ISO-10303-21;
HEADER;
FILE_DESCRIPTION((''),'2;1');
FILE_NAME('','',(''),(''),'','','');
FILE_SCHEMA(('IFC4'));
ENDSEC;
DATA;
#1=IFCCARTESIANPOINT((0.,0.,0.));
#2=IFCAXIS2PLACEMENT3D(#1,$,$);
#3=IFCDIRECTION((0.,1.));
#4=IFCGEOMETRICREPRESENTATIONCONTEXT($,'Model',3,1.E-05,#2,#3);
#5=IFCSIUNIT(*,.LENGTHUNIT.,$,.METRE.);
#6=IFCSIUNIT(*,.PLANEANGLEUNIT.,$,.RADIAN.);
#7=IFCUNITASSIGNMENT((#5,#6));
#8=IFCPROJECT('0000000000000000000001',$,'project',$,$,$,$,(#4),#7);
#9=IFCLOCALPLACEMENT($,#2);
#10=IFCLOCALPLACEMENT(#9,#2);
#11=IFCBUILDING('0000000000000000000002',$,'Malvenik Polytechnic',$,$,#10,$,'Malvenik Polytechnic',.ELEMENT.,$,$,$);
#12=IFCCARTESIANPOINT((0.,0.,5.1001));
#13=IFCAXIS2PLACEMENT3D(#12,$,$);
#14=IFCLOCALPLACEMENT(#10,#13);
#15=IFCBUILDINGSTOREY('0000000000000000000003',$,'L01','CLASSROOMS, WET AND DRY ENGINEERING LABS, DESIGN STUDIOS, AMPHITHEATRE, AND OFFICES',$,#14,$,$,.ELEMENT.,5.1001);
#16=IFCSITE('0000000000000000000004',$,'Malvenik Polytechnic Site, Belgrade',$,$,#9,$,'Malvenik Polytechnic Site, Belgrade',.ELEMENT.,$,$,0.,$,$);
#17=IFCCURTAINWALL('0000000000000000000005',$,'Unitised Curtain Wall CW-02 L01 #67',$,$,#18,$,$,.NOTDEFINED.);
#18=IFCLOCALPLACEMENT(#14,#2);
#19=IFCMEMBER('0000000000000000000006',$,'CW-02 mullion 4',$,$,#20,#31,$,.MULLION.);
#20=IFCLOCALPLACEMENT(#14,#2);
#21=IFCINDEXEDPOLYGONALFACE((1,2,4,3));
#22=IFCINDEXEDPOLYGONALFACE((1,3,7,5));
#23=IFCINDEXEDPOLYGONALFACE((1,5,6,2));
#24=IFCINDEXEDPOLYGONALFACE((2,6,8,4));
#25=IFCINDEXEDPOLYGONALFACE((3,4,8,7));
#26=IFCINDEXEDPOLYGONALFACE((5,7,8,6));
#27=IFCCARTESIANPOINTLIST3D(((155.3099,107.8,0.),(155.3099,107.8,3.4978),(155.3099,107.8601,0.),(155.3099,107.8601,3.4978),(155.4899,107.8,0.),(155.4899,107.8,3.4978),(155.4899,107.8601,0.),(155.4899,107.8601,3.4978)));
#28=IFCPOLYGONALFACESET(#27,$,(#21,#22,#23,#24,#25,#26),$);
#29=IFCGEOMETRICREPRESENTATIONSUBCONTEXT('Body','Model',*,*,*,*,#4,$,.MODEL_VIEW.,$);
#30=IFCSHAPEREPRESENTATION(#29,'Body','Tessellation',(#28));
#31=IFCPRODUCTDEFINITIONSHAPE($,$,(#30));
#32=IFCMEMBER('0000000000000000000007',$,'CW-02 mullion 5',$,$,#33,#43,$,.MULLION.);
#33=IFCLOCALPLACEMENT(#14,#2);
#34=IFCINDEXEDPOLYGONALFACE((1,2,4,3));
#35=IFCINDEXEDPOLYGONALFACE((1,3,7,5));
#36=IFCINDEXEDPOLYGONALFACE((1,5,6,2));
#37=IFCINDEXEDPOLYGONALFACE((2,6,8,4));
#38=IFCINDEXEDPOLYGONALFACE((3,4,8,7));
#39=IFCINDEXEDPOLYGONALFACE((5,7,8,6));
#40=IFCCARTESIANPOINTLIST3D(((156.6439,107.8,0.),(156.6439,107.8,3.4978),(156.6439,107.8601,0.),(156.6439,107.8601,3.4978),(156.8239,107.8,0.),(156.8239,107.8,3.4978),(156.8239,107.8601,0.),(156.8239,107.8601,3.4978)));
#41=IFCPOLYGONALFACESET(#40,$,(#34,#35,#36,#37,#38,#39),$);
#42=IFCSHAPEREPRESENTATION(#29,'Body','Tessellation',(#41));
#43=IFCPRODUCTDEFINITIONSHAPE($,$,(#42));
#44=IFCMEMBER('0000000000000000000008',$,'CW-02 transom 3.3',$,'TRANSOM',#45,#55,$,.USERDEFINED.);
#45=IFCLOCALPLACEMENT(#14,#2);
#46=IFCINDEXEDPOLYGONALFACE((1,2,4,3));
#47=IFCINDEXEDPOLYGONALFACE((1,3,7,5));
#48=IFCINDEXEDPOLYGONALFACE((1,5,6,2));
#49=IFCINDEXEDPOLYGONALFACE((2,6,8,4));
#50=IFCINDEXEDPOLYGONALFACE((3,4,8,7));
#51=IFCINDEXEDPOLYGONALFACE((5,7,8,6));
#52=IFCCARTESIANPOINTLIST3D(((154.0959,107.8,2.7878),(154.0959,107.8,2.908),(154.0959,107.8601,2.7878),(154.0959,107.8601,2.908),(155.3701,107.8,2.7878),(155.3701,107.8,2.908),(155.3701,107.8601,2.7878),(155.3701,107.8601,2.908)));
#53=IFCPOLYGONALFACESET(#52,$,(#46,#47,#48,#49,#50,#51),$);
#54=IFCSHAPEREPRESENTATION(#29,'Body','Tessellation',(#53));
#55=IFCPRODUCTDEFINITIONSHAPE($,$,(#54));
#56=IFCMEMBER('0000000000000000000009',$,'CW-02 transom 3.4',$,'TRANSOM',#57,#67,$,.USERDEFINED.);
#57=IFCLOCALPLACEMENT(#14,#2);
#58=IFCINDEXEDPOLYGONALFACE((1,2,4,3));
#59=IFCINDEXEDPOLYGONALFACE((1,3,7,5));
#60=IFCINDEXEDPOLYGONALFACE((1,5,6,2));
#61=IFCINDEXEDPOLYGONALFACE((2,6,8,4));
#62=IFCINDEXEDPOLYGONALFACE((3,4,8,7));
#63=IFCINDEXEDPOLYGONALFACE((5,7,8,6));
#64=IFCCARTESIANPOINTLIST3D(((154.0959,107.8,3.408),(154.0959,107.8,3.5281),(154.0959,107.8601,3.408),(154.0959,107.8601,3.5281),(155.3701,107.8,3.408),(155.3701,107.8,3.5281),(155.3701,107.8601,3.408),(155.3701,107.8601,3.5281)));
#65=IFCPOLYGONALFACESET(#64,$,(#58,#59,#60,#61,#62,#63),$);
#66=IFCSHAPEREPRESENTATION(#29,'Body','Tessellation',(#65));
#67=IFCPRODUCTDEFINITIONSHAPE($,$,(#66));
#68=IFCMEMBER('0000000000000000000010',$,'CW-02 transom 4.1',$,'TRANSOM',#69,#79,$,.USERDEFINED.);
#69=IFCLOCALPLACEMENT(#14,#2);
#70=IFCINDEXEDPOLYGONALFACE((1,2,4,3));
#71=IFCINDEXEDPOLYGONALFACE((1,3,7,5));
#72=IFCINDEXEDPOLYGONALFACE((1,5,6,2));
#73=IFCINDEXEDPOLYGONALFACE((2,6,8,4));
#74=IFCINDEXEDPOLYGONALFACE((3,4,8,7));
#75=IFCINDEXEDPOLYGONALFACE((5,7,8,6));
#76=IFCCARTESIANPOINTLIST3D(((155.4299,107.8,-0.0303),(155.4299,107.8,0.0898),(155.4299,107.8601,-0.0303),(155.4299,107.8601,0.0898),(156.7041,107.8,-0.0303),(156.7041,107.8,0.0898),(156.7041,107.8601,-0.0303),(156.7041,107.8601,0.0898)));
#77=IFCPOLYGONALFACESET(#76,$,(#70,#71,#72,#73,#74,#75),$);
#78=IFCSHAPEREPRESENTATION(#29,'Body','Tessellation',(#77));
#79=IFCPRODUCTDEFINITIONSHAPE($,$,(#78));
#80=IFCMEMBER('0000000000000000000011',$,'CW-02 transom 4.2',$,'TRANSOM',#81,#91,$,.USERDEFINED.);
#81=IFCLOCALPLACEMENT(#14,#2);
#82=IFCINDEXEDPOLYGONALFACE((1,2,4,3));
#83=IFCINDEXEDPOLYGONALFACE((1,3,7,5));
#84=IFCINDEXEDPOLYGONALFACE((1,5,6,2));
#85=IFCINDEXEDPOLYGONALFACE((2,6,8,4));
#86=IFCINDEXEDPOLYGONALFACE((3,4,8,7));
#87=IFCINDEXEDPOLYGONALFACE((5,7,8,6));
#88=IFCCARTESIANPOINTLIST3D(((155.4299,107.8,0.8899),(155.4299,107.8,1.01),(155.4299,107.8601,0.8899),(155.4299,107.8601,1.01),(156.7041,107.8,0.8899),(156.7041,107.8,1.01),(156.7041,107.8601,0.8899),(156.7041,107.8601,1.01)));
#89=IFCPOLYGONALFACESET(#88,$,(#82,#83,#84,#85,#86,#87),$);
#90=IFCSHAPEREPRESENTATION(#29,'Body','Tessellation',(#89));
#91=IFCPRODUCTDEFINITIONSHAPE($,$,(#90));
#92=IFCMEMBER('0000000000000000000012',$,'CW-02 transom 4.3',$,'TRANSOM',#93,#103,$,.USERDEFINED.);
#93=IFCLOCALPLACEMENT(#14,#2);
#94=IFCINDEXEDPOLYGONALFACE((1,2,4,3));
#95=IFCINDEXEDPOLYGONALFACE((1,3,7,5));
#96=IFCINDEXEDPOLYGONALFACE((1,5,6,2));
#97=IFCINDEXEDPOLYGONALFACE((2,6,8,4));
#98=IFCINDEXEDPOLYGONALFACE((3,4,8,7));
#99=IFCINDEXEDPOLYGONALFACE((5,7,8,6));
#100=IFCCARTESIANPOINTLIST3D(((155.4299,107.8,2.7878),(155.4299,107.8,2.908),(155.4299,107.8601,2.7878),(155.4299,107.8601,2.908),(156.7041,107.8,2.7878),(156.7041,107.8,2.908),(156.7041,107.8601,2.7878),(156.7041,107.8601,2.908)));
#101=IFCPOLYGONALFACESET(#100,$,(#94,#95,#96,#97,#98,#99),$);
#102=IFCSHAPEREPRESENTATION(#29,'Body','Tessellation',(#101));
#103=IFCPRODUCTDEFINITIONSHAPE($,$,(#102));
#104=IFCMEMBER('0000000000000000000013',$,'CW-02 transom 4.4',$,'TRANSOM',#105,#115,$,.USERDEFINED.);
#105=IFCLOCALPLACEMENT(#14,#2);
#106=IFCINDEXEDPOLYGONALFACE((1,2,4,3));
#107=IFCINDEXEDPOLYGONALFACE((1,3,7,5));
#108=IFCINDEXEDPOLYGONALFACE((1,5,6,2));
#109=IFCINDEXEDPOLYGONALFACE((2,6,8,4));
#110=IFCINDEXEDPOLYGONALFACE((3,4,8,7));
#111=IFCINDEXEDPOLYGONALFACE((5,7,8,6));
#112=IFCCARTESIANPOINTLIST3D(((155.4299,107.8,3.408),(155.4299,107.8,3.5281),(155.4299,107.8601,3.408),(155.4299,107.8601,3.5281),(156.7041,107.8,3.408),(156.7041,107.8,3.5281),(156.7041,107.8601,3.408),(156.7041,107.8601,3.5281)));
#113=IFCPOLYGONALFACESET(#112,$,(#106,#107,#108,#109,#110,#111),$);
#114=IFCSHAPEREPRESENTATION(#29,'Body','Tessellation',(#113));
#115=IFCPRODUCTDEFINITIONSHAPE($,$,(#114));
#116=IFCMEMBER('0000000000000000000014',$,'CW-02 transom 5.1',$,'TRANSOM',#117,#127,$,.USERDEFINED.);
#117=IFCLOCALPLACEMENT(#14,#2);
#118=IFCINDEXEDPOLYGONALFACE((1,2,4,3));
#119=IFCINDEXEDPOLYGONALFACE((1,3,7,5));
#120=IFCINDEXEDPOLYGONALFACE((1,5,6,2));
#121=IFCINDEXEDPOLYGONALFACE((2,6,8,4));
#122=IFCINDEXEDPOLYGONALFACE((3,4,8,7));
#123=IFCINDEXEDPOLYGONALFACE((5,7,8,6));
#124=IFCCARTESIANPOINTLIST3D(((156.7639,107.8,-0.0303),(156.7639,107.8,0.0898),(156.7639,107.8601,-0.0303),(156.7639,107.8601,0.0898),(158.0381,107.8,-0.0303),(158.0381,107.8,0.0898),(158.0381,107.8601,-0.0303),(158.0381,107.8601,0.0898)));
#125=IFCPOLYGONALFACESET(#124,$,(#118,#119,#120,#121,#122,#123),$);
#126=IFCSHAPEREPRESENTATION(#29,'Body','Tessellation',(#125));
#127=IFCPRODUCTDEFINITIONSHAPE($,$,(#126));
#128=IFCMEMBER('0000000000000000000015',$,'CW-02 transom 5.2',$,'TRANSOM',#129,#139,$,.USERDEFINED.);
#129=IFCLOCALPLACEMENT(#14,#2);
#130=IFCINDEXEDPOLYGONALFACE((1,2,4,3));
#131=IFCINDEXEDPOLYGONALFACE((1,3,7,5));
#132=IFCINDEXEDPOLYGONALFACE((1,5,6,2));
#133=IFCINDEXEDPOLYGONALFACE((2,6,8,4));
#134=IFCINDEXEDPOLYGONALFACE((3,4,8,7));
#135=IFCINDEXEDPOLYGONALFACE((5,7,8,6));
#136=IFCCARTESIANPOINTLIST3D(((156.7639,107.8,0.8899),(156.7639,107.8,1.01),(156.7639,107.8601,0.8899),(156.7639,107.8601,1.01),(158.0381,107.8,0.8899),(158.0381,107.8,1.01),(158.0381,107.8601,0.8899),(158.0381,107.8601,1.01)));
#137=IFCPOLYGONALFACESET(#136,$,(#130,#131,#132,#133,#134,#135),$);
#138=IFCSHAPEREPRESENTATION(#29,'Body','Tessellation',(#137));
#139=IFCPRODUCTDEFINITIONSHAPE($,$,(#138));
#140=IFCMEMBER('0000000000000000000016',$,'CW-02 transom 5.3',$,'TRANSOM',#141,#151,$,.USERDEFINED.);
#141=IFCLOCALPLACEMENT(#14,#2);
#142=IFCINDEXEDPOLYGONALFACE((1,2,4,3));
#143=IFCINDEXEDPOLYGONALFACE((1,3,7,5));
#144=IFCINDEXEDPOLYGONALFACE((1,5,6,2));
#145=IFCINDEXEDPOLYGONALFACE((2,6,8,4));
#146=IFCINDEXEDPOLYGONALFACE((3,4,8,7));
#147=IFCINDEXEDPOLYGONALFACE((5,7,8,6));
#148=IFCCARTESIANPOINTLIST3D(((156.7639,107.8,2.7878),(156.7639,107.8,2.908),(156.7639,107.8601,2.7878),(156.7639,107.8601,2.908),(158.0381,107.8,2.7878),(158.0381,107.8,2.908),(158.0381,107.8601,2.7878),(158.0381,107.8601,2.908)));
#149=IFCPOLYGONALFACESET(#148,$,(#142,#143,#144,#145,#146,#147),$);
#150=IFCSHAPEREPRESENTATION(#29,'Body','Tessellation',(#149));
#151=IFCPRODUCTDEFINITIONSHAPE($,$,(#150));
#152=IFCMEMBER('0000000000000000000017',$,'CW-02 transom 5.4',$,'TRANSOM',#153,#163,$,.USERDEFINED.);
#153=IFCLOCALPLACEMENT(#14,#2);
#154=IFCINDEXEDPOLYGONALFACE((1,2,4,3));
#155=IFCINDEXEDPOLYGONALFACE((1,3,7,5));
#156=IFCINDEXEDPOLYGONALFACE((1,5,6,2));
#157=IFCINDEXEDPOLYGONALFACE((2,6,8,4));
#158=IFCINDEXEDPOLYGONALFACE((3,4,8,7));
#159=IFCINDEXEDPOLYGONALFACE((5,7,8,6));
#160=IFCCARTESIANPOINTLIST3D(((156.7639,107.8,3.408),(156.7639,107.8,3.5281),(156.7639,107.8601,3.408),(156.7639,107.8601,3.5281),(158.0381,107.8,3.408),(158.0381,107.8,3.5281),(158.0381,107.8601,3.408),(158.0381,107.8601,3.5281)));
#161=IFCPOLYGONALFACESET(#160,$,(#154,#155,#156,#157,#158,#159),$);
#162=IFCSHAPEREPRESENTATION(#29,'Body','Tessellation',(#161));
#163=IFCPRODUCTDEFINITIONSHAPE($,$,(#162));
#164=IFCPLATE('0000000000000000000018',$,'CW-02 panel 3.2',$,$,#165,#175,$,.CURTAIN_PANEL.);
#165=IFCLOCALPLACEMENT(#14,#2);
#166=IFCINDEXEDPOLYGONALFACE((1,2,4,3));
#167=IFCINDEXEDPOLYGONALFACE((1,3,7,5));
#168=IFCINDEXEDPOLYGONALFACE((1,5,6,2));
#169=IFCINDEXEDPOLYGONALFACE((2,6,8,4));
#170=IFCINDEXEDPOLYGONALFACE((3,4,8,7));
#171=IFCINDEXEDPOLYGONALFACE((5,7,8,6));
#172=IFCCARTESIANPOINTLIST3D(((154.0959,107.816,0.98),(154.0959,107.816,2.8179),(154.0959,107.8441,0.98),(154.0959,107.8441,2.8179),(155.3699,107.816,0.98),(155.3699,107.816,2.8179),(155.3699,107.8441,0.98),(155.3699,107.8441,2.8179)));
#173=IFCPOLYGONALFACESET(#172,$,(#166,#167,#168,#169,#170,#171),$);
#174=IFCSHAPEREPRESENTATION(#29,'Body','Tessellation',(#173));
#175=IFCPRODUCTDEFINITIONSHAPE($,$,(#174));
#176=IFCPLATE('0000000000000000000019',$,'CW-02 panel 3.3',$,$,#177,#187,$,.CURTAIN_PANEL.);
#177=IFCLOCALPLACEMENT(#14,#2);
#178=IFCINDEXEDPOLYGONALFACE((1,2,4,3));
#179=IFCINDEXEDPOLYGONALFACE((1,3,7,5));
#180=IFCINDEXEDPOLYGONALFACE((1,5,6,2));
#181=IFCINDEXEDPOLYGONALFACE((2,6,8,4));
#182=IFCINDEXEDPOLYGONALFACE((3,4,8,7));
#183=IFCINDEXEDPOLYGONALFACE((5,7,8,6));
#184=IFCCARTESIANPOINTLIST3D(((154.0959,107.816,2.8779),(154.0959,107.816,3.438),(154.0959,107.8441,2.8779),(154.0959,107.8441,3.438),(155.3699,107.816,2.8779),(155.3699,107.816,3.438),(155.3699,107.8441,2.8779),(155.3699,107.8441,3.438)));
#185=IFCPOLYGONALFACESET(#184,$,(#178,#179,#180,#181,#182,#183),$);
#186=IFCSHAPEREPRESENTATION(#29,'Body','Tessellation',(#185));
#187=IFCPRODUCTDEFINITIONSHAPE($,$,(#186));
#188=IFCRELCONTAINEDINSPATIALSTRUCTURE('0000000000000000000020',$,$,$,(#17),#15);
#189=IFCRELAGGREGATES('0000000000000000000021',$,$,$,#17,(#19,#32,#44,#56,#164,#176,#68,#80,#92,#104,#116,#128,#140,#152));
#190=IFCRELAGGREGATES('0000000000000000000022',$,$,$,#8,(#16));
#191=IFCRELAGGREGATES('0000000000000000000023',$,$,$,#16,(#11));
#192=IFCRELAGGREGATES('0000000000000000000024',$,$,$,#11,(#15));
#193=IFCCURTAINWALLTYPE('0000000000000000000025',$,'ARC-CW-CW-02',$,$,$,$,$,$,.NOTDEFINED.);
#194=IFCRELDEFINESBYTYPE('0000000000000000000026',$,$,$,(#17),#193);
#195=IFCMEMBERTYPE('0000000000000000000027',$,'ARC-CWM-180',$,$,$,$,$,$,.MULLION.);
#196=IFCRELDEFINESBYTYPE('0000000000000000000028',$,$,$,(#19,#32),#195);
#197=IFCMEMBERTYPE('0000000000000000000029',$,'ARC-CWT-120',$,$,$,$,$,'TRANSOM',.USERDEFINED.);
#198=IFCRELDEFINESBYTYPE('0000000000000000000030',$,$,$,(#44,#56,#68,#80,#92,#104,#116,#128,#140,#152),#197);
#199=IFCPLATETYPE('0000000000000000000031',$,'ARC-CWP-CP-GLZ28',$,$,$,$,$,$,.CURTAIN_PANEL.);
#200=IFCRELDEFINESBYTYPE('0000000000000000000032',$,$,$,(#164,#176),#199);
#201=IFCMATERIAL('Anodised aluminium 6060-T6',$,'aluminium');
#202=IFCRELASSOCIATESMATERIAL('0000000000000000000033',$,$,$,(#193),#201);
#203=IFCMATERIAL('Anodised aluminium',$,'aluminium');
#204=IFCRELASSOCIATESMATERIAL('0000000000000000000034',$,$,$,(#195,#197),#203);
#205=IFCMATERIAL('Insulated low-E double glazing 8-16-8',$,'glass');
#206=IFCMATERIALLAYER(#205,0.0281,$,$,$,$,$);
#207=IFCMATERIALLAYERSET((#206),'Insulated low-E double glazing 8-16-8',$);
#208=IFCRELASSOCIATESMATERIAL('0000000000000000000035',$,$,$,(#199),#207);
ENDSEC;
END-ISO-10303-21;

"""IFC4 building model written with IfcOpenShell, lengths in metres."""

from ifc_helpers import new_model, si_unit, direction, frame, origin, origin_2d, place, context, subcontext, project, spatial, rectangle, extrude, material, layer, layer_set, material_profile, profile_set, type_object, element, aggregate, save


model = new_model("IFC4")

# Units and contexts
model_context = context("Model", 3, precision=1e-05, world=origin(), true_north=direction((0.0, 1.0)))
body_context = subcontext(model_context, "Body", "Model", "MODEL_VIEW")
ifc_project = project(units=[si_unit("LENGTHUNIT", "METRE"), si_unit("PLANEANGLEUNIT", "RADIAN")], contexts=[model_context])

# Site, building, storey
site_placement = place(None, origin())
site = spatial("IfcSite", under=ifc_project, at=site_placement, Name="Malvenik Polytechnic Site, Belgrade", LongName="Malvenik Polytechnic Site, Belgrade", CompositionType="ELEMENT", RefElevation=0.0)
building_placement = place(site_placement, origin())
building = spatial("IfcBuilding", under=site, at=building_placement, Name="Malvenik Polytechnic", LongName="Malvenik Polytechnic", CompositionType="ELEMENT")
storey_placement = place(building_placement, frame((0.0, 0.0, 5.1001)))
storey = spatial("IfcBuildingStorey", under=building, at=storey_placement, Name="L01", Description="CLASSROOMS, WET AND DRY ENGINEERING LABS, DESIGN STUDIOS, AMPHITHEATRE, AND OFFICES", CompositionType="ELEMENT", Elevation=5.1001)

# Curtain wall, members, plates
ifc_material_1 = material(Name="Anodised aluminium 6060-T6", Category="aluminium")
curtain_wall_type = type_object("IfcCurtainWallType", Name="ARC-CW-CW-02", PredefinedType="NOTDEFINED", material=ifc_material_1)
curtain_wall_placement = place(storey_placement, origin())
curtain_wall = element("IfcCurtainWall", 1, at=curtain_wall_placement, inside=storey, type_object=curtain_wall_type, Name="Unitised Curtain Wall CW-02 L01 #67", PredefinedType="NOTDEFINED")
ifc_material_2 = material(Name="Anodised aluminium", Category="aluminium")
ifc_material_profile_1 = material_profile(ifc_material_2, rectangle(XDim=0.0601, YDim=0.1799, at=origin_2d()), Name="ALU MULLION 60x180")
ifc_profile_set_1 = profile_set([ifc_material_profile_1], Name="Anodised aluminium")
member_type_1 = type_object("IfcMemberType", Name="ARC-CWM-180", PredefinedType="MULLION", material=ifc_profile_set_1)
member_1_placement = place(storey_placement, frame((155.3999, 107.8301, 0.0), z_axis=(0.0, 0.0, 1.0), x_axis=(0.0, 1.0, 0.0)))
member_1 = element("IfcMember", 2, at=member_1_placement, type_object=member_type_1, Name="CW-02 mullion 4", PredefinedType="MULLION", context=body_context, shape_type="SweptSolid", body=[
    extrude(rectangle(XDim=0.0601, YDim=0.1799, at=origin_2d()), origin(), (0.0, 0.0, 1.0), 3.4978),
])
member_2_placement = place(storey_placement, frame((156.7339, 107.8301, 0.0), z_axis=(0.0, 0.0, 1.0), x_axis=(0.0, 1.0, 0.0)))
member_2 = element("IfcMember", 3, at=member_2_placement, type_object=member_type_1, Name="CW-02 mullion 5", PredefinedType="MULLION", context=body_context, shape_type="SweptSolid", body=[
    extrude(rectangle(XDim=0.0601, YDim=0.1799, at=origin_2d()), origin(), (0.0, 0.0, 1.0), 3.4978),
])
ifc_material_profile_2 = material_profile(ifc_material_2, rectangle(XDim=0.0601, YDim=0.1201, at=origin_2d()), Name="ALU TRANSOM 60x120")
ifc_profile_set_2 = profile_set([ifc_material_profile_2], Name="Anodised aluminium")
member_type_2 = type_object("IfcMemberType", Name="ARC-CWT-120", ElementType="TRANSOM", PredefinedType="USERDEFINED", material=ifc_profile_set_2)
member_3_placement = place(storey_placement, frame((154.0959, 107.8301, 2.8479), z_axis=(1.0, 0.0, 0.0), x_axis=(0.0, 1.0, 0.0)))
member_3 = element("IfcMember", 4, at=member_3_placement, type_object=member_type_2, Name="CW-02 transom 3.3", ObjectType="TRANSOM", PredefinedType="USERDEFINED", context=body_context, shape_type="SweptSolid", body=[
    extrude(rectangle(XDim=0.0601, YDim=0.1201, at=origin_2d()), origin(), (0.0, 0.0, 1.0), 1.2742),
])
member_4_placement = place(storey_placement, frame((154.0959, 107.8301, 3.468), z_axis=(1.0, 0.0, 0.0), x_axis=(0.0, 1.0, 0.0)))
member_4 = element("IfcMember", 5, at=member_4_placement, type_object=member_type_2, Name="CW-02 transom 3.4", ObjectType="TRANSOM", PredefinedType="USERDEFINED", context=body_context, shape_type="SweptSolid", body=[
    extrude(rectangle(XDim=0.0601, YDim=0.1201, at=origin_2d()), origin(), (0.0, 0.0, 1.0), 1.2742),
])
member_5_placement = place(storey_placement, frame((155.4299, 107.8301, 0.0298), z_axis=(1.0, 0.0, 0.0), x_axis=(0.0, 1.0, 0.0)))
member_5 = element("IfcMember", 6, at=member_5_placement, type_object=member_type_2, Name="CW-02 transom 4.1", ObjectType="TRANSOM", PredefinedType="USERDEFINED", context=body_context, shape_type="SweptSolid", body=[
    extrude(rectangle(XDim=0.0601, YDim=0.1201, at=origin_2d()), origin(), (0.0, 0.0, 1.0), 1.2742),
])
member_6_placement = place(storey_placement, frame((155.4299, 107.8301, 0.95), z_axis=(1.0, 0.0, 0.0), x_axis=(0.0, 1.0, 0.0)))
member_6 = element("IfcMember", 7, at=member_6_placement, type_object=member_type_2, Name="CW-02 transom 4.2", ObjectType="TRANSOM", PredefinedType="USERDEFINED", context=body_context, shape_type="SweptSolid", body=[
    extrude(rectangle(XDim=0.0601, YDim=0.1201, at=origin_2d()), origin(), (0.0, 0.0, 1.0), 1.2742),
])
member_7_placement = place(storey_placement, frame((155.4299, 107.8301, 2.8479), z_axis=(1.0, 0.0, 0.0), x_axis=(0.0, 1.0, 0.0)))
member_7 = element("IfcMember", 8, at=member_7_placement, type_object=member_type_2, Name="CW-02 transom 4.3", ObjectType="TRANSOM", PredefinedType="USERDEFINED", context=body_context, shape_type="SweptSolid", body=[
    extrude(rectangle(XDim=0.0601, YDim=0.1201, at=origin_2d()), origin(), (0.0, 0.0, 1.0), 1.2742),
])
member_8_placement = place(storey_placement, frame((155.4299, 107.8301, 3.468), z_axis=(1.0, 0.0, 0.0), x_axis=(0.0, 1.0, 0.0)))
member_8 = element("IfcMember", 9, at=member_8_placement, type_object=member_type_2, Name="CW-02 transom 4.4", ObjectType="TRANSOM", PredefinedType="USERDEFINED", context=body_context, shape_type="SweptSolid", body=[
    extrude(rectangle(XDim=0.0601, YDim=0.1201, at=origin_2d()), origin(), (0.0, 0.0, 1.0), 1.2742),
])
member_9_placement = place(storey_placement, frame((156.7639, 107.8301, 0.0298), z_axis=(1.0, 0.0, 0.0), x_axis=(0.0, 1.0, 0.0)))
member_9 = element("IfcMember", 10, at=member_9_placement, type_object=member_type_2, Name="CW-02 transom 5.1", ObjectType="TRANSOM", PredefinedType="USERDEFINED", context=body_context, shape_type="SweptSolid", body=[
    extrude(rectangle(XDim=0.0601, YDim=0.1201, at=origin_2d()), origin(), (0.0, 0.0, 1.0), 1.2742),
])
member_10_placement = place(storey_placement, frame((156.7639, 107.8301, 0.95), z_axis=(1.0, 0.0, 0.0), x_axis=(0.0, 1.0, 0.0)))
member_10 = element("IfcMember", 11, at=member_10_placement, type_object=member_type_2, Name="CW-02 transom 5.2", ObjectType="TRANSOM", PredefinedType="USERDEFINED", context=body_context, shape_type="SweptSolid", body=[
    extrude(rectangle(XDim=0.0601, YDim=0.1201, at=origin_2d()), origin(), (0.0, 0.0, 1.0), 1.2742),
])
member_11_placement = place(storey_placement, frame((156.7639, 107.8301, 2.8479), z_axis=(1.0, 0.0, 0.0), x_axis=(0.0, 1.0, 0.0)))
member_11 = element("IfcMember", 12, at=member_11_placement, type_object=member_type_2, Name="CW-02 transom 5.3", ObjectType="TRANSOM", PredefinedType="USERDEFINED", context=body_context, shape_type="SweptSolid", body=[
    extrude(rectangle(XDim=0.0601, YDim=0.1201, at=origin_2d()), origin(), (0.0, 0.0, 1.0), 1.2742),
])
member_12_placement = place(storey_placement, frame((156.7639, 107.8301, 3.468), z_axis=(1.0, 0.0, 0.0), x_axis=(0.0, 1.0, 0.0)))
member_12 = element("IfcMember", 13, at=member_12_placement, type_object=member_type_2, Name="CW-02 transom 5.4", ObjectType="TRANSOM", PredefinedType="USERDEFINED", context=body_context, shape_type="SweptSolid", body=[
    extrude(rectangle(XDim=0.0601, YDim=0.1201, at=origin_2d()), origin(), (0.0, 0.0, 1.0), 1.2742),
])
ifc_material_3 = material(Name="Insulated low-E double glazing 8-16-8", Category="glass")
ifc_layer_1 = layer(ifc_material_3, 0.0281)
ifc_layer_set_1 = layer_set([ifc_layer_1], Name="Insulated low-E double glazing 8-16-8")
plate_type_1 = type_object("IfcPlateType", Name="ARC-CWP-CP-GLZ28", PredefinedType="CURTAIN_PANEL", material=ifc_layer_set_1)
plate_1_placement = place(storey_placement, frame((154.7329, 107.8301, 0.98), z_axis=(0.0, 0.0, 1.0), x_axis=(1.0, 0.0, 0.0)))
plate_1 = element("IfcPlate", 14, at=plate_1_placement, type_object=plate_type_1, Name="CW-02 panel 3.2", PredefinedType="CURTAIN_PANEL", context=body_context, shape_type="SweptSolid", body=[
    extrude(rectangle(XDim=1.2739, YDim=0.0281, at=origin_2d()), origin(), (0.0, 0.0, 1.0), 1.8379),
])
plate_2_placement = place(storey_placement, frame((154.7329, 107.8301, 2.8779), z_axis=(0.0, 0.0, 1.0), x_axis=(1.0, 0.0, 0.0)))
plate_2 = element("IfcPlate", 15, at=plate_2_placement, type_object=plate_type_1, Name="CW-02 panel 3.3", PredefinedType="CURTAIN_PANEL", context=body_context, shape_type="SweptSolid", body=[
    extrude(rectangle(XDim=1.2739, YDim=0.0281, at=origin_2d()), origin(), (0.0, 0.0, 1.0), 0.5601),
])
aggregate(curtain_wall, [member_1, member_2, member_3, member_4, plate_1, plate_2, member_5, member_6, member_7, member_8, member_9, member_10, member_11, member_12])

save(model, "model.ifc")
